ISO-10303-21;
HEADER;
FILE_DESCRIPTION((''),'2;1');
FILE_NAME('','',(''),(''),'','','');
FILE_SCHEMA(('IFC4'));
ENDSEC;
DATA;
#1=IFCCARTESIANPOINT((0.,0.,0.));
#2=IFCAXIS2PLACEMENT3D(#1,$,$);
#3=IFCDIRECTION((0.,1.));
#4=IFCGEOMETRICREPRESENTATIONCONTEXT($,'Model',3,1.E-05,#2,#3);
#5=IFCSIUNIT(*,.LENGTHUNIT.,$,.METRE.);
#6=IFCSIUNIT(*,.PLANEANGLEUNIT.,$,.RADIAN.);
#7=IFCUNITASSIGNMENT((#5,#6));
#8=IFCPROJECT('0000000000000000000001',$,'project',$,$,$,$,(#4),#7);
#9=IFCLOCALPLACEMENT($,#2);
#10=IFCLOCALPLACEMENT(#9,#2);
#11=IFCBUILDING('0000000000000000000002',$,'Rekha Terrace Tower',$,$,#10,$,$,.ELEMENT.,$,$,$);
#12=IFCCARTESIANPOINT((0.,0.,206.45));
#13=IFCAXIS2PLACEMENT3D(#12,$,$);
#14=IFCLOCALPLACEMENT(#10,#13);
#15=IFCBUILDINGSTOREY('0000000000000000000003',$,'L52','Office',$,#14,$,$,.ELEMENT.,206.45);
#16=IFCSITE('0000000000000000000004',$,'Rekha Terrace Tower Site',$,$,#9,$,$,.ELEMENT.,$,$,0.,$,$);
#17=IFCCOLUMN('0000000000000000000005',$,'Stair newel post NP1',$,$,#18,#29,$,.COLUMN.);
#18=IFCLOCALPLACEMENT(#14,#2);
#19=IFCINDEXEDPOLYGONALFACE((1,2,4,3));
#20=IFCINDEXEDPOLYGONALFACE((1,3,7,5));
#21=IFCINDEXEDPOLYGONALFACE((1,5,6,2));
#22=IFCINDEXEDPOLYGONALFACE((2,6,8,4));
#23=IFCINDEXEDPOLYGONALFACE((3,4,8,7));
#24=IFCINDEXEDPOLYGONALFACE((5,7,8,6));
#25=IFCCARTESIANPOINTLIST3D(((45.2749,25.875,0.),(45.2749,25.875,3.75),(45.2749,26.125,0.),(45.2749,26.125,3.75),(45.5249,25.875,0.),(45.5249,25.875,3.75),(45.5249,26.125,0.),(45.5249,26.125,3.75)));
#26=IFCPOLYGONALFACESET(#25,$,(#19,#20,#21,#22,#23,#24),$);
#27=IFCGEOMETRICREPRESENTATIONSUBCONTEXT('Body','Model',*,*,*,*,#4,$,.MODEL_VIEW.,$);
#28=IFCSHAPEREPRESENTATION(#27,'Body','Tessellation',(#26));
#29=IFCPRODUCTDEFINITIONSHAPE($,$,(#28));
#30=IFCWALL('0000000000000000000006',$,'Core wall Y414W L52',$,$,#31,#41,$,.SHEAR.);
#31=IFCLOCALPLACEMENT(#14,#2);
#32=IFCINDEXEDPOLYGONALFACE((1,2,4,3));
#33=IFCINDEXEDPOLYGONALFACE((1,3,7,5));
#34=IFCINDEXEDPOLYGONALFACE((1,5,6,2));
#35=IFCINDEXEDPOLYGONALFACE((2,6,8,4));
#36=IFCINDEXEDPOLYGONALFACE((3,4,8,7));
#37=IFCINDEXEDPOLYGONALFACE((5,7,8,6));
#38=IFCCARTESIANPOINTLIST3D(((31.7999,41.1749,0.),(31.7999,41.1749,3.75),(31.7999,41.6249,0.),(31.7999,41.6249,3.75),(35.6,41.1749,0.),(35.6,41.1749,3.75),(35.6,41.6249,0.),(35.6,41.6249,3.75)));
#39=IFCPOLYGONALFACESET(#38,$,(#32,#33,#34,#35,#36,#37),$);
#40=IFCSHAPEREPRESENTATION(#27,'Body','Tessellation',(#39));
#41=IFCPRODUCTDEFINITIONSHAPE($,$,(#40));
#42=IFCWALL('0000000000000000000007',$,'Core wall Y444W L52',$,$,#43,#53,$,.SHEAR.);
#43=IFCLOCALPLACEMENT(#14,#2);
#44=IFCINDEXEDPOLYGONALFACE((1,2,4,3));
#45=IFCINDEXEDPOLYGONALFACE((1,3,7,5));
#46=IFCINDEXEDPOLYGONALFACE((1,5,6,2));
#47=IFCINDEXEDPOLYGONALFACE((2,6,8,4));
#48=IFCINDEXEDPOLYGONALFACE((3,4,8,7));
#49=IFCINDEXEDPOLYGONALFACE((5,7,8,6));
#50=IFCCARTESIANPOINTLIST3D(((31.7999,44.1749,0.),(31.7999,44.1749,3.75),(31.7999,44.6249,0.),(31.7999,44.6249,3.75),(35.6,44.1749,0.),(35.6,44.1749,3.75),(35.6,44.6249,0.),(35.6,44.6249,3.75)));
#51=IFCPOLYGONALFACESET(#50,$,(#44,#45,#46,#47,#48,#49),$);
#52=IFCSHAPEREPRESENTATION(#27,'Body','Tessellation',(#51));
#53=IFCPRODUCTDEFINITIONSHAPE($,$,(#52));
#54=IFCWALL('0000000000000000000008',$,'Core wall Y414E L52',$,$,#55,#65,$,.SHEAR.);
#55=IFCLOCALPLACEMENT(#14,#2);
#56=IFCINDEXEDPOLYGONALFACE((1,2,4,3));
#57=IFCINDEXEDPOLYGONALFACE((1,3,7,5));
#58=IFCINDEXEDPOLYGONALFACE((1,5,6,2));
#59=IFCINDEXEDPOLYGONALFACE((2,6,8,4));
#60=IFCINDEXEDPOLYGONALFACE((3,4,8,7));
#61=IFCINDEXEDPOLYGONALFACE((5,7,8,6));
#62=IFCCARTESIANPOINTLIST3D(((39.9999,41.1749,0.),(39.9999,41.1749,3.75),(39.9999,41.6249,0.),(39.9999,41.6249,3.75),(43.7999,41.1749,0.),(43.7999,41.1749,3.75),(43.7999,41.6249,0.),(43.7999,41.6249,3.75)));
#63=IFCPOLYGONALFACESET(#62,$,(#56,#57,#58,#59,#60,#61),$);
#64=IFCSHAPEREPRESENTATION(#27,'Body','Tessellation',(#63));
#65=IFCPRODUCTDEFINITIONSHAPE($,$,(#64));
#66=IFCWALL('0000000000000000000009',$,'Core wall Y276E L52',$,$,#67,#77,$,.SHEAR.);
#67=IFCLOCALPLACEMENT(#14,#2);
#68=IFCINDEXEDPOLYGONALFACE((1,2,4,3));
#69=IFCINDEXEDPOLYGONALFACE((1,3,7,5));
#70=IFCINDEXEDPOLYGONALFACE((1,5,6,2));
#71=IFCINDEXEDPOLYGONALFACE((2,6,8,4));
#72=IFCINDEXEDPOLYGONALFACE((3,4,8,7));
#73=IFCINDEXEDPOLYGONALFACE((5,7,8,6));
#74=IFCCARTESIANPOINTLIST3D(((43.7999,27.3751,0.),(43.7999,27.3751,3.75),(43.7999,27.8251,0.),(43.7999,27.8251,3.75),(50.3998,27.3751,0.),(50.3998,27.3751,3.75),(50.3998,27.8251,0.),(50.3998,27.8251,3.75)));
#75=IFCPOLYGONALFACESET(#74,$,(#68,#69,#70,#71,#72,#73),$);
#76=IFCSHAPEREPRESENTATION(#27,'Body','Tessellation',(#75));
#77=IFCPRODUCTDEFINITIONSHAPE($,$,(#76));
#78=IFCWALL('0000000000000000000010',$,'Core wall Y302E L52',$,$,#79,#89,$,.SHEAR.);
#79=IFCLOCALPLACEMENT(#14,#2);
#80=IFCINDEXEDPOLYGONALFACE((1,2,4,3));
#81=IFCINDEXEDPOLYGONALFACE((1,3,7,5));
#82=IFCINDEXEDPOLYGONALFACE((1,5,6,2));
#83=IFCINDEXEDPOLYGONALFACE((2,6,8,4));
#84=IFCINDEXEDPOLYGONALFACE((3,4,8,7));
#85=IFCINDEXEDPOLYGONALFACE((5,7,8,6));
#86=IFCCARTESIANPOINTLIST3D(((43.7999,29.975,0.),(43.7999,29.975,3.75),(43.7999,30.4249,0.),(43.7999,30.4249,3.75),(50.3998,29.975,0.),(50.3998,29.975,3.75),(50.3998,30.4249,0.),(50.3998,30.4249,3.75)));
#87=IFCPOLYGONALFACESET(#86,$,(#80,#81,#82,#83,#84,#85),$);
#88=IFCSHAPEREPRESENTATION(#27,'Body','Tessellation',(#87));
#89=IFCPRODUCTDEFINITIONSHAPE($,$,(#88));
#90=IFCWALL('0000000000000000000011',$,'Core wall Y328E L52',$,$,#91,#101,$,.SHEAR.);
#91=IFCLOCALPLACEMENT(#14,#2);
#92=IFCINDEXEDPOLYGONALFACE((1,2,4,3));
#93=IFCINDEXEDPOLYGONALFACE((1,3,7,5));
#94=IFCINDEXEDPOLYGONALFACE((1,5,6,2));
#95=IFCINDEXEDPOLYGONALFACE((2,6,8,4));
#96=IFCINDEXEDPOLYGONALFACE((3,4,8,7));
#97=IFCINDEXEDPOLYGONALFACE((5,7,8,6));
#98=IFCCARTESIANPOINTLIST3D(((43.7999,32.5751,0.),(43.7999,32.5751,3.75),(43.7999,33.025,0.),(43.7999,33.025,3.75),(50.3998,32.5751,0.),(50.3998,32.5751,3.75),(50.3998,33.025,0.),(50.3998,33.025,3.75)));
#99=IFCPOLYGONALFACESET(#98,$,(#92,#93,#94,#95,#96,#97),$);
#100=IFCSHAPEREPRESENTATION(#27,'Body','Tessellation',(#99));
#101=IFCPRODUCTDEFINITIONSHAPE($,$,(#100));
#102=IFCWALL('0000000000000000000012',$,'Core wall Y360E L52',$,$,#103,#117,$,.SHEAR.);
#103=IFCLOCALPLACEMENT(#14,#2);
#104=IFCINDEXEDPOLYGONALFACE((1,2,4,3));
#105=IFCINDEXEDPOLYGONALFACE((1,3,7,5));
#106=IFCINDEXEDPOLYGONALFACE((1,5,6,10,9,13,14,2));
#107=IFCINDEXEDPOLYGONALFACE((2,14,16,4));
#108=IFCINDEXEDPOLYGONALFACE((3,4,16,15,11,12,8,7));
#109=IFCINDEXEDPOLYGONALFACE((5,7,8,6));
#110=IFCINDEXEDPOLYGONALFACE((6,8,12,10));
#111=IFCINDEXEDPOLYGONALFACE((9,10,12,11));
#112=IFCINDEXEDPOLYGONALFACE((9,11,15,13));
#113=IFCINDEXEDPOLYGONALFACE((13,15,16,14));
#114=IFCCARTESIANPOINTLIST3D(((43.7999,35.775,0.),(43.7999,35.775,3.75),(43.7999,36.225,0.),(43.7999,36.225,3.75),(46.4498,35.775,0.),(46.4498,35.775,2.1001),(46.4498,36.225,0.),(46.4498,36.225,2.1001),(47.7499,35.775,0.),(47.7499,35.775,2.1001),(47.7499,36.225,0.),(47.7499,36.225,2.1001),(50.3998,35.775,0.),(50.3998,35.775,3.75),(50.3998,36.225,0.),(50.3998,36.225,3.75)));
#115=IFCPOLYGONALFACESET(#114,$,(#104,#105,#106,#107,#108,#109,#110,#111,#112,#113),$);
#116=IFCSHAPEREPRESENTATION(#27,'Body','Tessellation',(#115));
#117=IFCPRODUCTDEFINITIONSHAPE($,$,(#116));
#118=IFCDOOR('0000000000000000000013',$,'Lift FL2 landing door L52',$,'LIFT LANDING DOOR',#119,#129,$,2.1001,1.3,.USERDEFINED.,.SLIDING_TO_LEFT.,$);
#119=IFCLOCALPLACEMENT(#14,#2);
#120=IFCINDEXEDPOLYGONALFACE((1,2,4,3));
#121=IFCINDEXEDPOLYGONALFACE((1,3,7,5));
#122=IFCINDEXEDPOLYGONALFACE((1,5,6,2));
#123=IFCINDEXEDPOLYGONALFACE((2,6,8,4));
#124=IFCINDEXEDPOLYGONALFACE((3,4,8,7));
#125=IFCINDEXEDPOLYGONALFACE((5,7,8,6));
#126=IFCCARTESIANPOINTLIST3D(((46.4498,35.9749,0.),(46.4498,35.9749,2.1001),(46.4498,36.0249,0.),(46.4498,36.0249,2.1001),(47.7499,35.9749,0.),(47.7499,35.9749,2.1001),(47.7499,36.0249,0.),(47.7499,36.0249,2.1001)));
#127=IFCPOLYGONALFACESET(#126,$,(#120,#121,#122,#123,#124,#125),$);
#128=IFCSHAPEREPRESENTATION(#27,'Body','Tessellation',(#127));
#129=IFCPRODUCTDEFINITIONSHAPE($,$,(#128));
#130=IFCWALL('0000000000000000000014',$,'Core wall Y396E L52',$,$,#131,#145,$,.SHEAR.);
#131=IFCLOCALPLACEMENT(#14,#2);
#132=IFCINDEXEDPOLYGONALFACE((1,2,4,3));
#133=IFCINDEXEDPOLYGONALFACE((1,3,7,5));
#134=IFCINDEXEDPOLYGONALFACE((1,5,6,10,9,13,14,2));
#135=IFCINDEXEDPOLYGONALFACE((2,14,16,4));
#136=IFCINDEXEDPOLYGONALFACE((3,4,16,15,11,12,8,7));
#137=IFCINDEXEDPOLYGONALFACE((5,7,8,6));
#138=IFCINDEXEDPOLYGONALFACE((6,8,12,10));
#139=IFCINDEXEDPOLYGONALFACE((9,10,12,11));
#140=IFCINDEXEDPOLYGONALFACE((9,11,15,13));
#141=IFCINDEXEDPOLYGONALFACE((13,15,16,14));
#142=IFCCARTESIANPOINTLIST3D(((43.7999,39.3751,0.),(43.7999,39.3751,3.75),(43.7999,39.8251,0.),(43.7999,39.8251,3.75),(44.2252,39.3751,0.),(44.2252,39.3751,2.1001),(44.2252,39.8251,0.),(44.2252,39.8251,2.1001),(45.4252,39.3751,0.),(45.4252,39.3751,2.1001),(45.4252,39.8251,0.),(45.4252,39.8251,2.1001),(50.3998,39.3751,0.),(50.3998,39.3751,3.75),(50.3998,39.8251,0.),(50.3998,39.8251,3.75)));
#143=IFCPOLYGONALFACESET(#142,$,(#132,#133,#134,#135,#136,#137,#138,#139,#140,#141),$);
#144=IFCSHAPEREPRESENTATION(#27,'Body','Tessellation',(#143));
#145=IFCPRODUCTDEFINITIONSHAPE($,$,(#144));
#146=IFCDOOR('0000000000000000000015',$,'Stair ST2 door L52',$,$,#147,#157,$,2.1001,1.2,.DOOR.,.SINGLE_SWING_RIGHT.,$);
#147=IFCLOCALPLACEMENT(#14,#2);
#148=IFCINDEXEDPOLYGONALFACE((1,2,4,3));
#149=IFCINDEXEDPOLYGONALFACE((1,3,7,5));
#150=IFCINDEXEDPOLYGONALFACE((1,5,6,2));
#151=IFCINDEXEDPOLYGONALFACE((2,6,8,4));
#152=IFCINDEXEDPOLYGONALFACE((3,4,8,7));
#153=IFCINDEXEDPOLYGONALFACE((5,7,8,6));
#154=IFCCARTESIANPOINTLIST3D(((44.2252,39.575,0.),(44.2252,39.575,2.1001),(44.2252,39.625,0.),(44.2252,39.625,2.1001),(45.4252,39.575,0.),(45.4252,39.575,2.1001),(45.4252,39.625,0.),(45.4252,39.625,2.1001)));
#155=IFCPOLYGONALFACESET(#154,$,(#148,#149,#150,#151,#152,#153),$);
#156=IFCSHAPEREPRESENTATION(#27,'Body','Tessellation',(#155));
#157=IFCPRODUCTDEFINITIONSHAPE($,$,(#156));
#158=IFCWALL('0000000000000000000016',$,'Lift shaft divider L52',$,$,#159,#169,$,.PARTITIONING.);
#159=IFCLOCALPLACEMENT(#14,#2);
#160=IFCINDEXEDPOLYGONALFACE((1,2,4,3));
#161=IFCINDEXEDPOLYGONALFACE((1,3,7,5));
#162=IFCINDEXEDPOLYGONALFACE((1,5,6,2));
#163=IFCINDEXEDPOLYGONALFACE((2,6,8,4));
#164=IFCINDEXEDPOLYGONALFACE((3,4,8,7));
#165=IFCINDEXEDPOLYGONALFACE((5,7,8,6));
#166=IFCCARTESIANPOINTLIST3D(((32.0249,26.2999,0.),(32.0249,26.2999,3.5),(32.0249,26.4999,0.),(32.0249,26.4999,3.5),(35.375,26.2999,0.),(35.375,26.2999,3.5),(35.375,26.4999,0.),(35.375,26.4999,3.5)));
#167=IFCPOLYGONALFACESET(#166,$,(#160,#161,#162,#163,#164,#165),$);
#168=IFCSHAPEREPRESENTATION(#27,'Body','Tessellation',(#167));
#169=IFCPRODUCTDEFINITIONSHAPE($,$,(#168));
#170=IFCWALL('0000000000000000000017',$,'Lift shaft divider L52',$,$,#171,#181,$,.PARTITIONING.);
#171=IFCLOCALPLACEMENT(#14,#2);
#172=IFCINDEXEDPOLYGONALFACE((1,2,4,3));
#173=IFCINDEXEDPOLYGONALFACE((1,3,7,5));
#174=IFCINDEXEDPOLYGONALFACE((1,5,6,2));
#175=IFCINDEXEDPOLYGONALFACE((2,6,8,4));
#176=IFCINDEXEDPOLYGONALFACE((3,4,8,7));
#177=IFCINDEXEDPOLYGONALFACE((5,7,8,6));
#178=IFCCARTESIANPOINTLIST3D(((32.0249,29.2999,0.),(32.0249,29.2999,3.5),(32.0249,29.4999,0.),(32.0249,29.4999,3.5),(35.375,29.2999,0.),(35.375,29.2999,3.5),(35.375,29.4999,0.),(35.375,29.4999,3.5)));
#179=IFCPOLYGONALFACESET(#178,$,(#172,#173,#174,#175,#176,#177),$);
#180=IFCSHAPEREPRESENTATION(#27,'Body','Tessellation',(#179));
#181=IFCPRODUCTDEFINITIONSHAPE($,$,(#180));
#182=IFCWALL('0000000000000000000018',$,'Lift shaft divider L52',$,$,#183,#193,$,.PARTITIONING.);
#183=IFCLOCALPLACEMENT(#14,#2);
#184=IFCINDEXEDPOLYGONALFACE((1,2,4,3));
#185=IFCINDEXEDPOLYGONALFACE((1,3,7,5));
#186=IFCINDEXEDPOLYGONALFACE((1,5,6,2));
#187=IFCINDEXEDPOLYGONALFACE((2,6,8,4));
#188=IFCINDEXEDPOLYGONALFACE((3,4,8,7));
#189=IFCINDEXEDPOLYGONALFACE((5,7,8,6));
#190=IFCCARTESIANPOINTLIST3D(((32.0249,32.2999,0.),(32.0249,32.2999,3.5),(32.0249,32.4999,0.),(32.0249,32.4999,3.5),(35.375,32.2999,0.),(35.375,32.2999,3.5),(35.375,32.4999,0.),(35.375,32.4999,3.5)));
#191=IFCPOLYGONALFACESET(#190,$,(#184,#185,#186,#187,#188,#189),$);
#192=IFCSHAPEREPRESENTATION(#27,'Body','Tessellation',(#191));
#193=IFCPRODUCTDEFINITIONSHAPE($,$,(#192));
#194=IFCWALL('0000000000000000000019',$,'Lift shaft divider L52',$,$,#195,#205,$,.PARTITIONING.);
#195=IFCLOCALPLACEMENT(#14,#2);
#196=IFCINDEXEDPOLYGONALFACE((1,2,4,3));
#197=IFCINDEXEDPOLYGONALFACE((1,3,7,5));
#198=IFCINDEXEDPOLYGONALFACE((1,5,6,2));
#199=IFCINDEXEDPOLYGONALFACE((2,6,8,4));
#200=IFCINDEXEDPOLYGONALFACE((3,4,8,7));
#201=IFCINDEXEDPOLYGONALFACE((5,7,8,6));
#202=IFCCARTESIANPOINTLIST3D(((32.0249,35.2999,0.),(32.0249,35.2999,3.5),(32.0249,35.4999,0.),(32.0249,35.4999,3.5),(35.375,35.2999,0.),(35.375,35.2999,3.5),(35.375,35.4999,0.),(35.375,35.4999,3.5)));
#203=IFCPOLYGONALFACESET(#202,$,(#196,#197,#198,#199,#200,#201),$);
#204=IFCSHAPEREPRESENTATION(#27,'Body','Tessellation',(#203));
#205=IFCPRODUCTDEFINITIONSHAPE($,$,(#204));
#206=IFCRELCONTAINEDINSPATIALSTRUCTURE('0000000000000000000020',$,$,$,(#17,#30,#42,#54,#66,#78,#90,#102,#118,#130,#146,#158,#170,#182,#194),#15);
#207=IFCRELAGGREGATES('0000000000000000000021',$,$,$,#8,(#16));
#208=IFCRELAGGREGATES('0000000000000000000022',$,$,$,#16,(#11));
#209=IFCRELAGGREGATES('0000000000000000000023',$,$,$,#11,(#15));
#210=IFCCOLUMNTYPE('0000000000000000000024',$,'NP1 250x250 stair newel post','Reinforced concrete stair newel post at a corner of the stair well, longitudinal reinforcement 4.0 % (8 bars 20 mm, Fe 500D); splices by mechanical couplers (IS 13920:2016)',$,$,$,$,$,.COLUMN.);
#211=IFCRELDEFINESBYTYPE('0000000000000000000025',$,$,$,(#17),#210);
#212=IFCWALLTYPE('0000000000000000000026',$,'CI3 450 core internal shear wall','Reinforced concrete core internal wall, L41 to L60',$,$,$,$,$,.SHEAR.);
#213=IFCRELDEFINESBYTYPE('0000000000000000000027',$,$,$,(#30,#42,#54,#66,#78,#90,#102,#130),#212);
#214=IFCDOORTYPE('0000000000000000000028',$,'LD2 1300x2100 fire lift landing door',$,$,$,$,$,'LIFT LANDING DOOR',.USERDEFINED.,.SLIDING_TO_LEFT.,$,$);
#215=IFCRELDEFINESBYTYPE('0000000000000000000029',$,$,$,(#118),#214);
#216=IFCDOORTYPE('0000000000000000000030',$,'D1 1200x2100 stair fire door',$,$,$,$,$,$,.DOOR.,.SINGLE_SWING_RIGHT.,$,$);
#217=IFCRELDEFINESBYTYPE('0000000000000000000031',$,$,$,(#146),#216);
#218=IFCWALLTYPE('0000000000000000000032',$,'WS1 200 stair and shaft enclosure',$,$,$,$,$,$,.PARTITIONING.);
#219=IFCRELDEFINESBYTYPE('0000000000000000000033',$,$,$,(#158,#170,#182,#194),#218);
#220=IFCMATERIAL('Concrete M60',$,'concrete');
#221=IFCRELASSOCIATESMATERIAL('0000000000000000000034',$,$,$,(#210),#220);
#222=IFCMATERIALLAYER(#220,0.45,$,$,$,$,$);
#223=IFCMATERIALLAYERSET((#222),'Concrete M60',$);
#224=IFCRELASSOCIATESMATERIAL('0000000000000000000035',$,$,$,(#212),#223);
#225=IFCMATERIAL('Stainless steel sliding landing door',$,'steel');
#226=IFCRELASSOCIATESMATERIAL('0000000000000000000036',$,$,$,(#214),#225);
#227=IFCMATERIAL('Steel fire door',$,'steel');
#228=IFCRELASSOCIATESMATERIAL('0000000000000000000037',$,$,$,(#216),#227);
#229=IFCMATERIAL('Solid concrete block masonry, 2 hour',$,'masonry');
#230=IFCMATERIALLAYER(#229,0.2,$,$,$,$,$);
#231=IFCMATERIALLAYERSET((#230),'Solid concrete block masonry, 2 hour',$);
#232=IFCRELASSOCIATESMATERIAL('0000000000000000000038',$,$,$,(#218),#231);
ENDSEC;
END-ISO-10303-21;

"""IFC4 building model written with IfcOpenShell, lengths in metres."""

from ifc_helpers import new_model, si_unit, direction, frame, frame_2d, origin, origin_2d, place, context, subcontext, project, spatial, rectangle, extrude, material, layer, layer_set, material_profile, profile_set, type_object, element, fill, save


model = new_model("IFC4")

# Units and contexts
model_context = context("Model", 3, precision=1e-05, world=origin(), true_north=direction((0.0, 1.0)))
body_context = subcontext(model_context, "Body", "Model", "MODEL_VIEW")
ifc_project = project(units=[si_unit("LENGTHUNIT", "METRE"), si_unit("PLANEANGLEUNIT", "RADIAN")], contexts=[model_context])

# Site, building, storey
site_placement = place(None, origin())
site = spatial("IfcSite", under=ifc_project, at=site_placement, Name="Rekha Terrace Tower Site", CompositionType="ELEMENT", RefElevation=0.0)
building_placement = place(site_placement, origin())
building = spatial("IfcBuilding", under=site, at=building_placement, Name="Rekha Terrace Tower", CompositionType="ELEMENT")
storey_placement = place(building_placement, frame((0.0, 0.0, 206.45)))
storey = spatial("IfcBuildingStorey", under=building, at=storey_placement, Name="L52", Description="Office", CompositionType="ELEMENT", Elevation=206.45)

# Column
ifc_material_1 = material(Name="Concrete M60", Category="concrete")
ifc_material_profile = material_profile(ifc_material_1, rectangle(XDim=0.25, YDim=0.25, at=origin_2d()), Name="RC 250x250")
ifc_profile_set = profile_set([ifc_material_profile], Name="Concrete M60")
column_type = type_object("IfcColumnType", Name="NP1 250x250 stair newel post", Description="Reinforced concrete stair newel post at a corner of the stair well, longitudinal reinforcement 4.0 % (8 bars 20 mm, Fe 500D); splices by mechanical couplers (IS 13920:2016)", PredefinedType="COLUMN", material=ifc_profile_set)
column_placement = place(storey_placement, frame((45.3999, 26.0, 0.0), z_axis=(0.0, 0.0, 1.0), x_axis=(1.0, 0.0, 0.0)))
element("IfcColumn", 1, at=column_placement, inside=storey, type_object=column_type, Name="Stair newel post NP1", PredefinedType="COLUMN", context=body_context, shape_type="SweptSolid", body=[
    extrude(rectangle(XDim=0.25, YDim=0.25, at=origin_2d()), origin(), (0.0, 0.0, 1.0), 3.75),
])

# Walls
ifc_layer_1 = layer(ifc_material_1, 0.45)
ifc_layer_set_1 = layer_set([ifc_layer_1], Name="Concrete M60")
wall_type_1 = type_object("IfcWallType", Name="CI3 450 core internal shear wall", Description="Reinforced concrete core internal wall, L41 to L60", PredefinedType="SHEAR", material=ifc_layer_set_1)
for number, where, z_axis, x_axis, name in (
    (2, (31.8, 41.3999, 0.0), (0.0, 0.0, 1.0), (1.0, 0.0, 0.0), "Core wall Y414W L52"),
    (3, (31.8, 44.3999, 0.0), (0.0, 0.0, 1.0), (1.0, 0.0, 0.0), "Core wall Y444W L52"),
    (4, (40.0, 41.3999, 0.0), (0.0, 0.0, 1.0), (1.0, 0.0, 0.0), "Core wall Y414E L52"),
):
    element("IfcWall", number, at=place(storey_placement, frame(where, z_axis=z_axis, x_axis=x_axis)), inside=storey, type_object=wall_type_1, Name=name, PredefinedType="SHEAR", context=body_context, shape_type="SweptSolid", body=[
        extrude(rectangle(XDim=3.8, YDim=0.45, at=frame_2d((1.8999, 0.0))), origin(), (0.0, 0.0, 1.0), 3.75),
    ])
for number, where, z_axis, x_axis, name in (
    (5, (43.8, 27.6001, 0.0), (0.0, 0.0, 1.0), (1.0, 0.0, 0.0), "Core wall Y276E L52"),
    (6, (43.8, 30.2, 0.0), (0.0, 0.0, 1.0), (1.0, 0.0, 0.0), "Core wall Y302E L52"),
    (7, (43.8, 32.8, 0.0), (0.0, 0.0, 1.0), (1.0, 0.0, 0.0), "Core wall Y328E L52"),
):
    element("IfcWall", number, at=place(storey_placement, frame(where, z_axis=z_axis, x_axis=x_axis)), inside=storey, type_object=wall_type_1, Name=name, PredefinedType="SHEAR", context=body_context, shape_type="SweptSolid", body=[
        extrude(rectangle(XDim=6.5999, YDim=0.45, at=frame_2d((3.2998, 0.0))), origin(), (0.0, 0.0, 1.0), 3.75),
    ])

# Walls, openings, doors
wall_1_placement = place(storey_placement, frame((43.8, 36.0, 0.0), z_axis=(0.0, 0.0, 1.0), x_axis=(1.0, 0.0, 0.0)))
wall_1 = element("IfcWall", 8, at=wall_1_placement, inside=storey, type_object=wall_type_1, Name="Core wall Y360E L52", PredefinedType="SHEAR", context=body_context, shape_type="SweptSolid", body=[
    extrude(rectangle(XDim=6.5999, YDim=0.45, at=frame_2d((3.2998, 0.0))), origin(), (0.0, 0.0, 1.0), 3.75),
])
opening_1_placement = place(wall_1_placement, frame((2.6499, 0.0, 0.0)))
opening_1 = element("IfcOpeningElement", 9, at=opening_1_placement, cuts=wall_1, PredefinedType="OPENING", context=body_context, shape_type="SweptSolid", body=[
    extrude(rectangle(XDim=1.3, YDim=2.1001, at=frame_2d((0.6499, 1.05))), frame((0.0, 0.2349, 0.0), z_axis=(0.0, -1.0, 0.0), x_axis=(1.0, 0.0, 0.0)), (0.0, 0.0, 1.0), 0.47),
])
ifc_material_2 = material(Name="Stainless steel sliding landing door", Category="steel")
door_type_1 = type_object("IfcDoorType", Name="LD2 1300x2100 fire lift landing door", ElementType="LIFT LANDING DOOR", OperationType="SLIDING_TO_LEFT", PredefinedType="USERDEFINED", material=ifc_material_2)
door_1_placement = place(opening_1_placement, origin())
door_1 = element("IfcDoor", 10, at=door_1_placement, inside=storey, type_object=door_type_1, Name="Lift FL2 landing door L52", ObjectType="LIFT LANDING DOOR", OperationType="SLIDING_TO_LEFT", OverallHeight=2.1001, OverallWidth=1.3, PredefinedType="USERDEFINED", context=body_context, shape_type="SweptSolid", body=[
    extrude(rectangle(XDim=1.3, YDim=2.1001, at=frame_2d((0.6499, 1.05))), frame((0.0, 0.0249, 0.0), z_axis=(0.0, -1.0, 0.0), x_axis=(1.0, 0.0, 0.0)), (0.0, 0.0, 1.0), 0.05),
])
fill(opening_1, door_1)
wall_2_placement = place(storey_placement, frame((43.8, 39.6001, 0.0), z_axis=(0.0, 0.0, 1.0), x_axis=(1.0, 0.0, 0.0)))
wall_2 = element("IfcWall", 11, at=wall_2_placement, inside=storey, type_object=wall_type_1, Name="Core wall Y396E L52", PredefinedType="SHEAR", context=body_context, shape_type="SweptSolid", body=[
    extrude(rectangle(XDim=6.5999, YDim=0.45, at=frame_2d((3.2998, 0.0))), origin(), (0.0, 0.0, 1.0), 3.75),
])
opening_2_placement = place(wall_2_placement, frame((0.425, 0.0, 0.0)))
opening_2 = element("IfcOpeningElement", 12, at=opening_2_placement, cuts=wall_2, PredefinedType="OPENING", context=body_context, shape_type="SweptSolid", body=[
    extrude(rectangle(XDim=1.2, YDim=2.1001, at=frame_2d((0.6001, 1.05))), frame((0.0, 0.2349, 0.0), z_axis=(0.0, -1.0, 0.0), x_axis=(1.0, 0.0, 0.0)), (0.0, 0.0, 1.0), 0.47),
])
ifc_material_3 = material(Name="Steel fire door", Category="steel")
door_type_2 = type_object("IfcDoorType", Name="D1 1200x2100 stair fire door", OperationType="SINGLE_SWING_RIGHT", PredefinedType="DOOR", material=ifc_material_3)
door_2_placement = place(opening_2_placement, origin())
door_2 = element("IfcDoor", 13, at=door_2_placement, inside=storey, type_object=door_type_2, Name="Stair ST2 door L52", OperationType="SINGLE_SWING_RIGHT", OverallHeight=2.1001, OverallWidth=1.2, PredefinedType="DOOR", context=body_context, shape_type="SweptSolid", body=[
    extrude(rectangle(XDim=1.2, YDim=2.1001, at=frame_2d((0.6001, 1.05))), frame((0.0, 0.0249, 0.0), z_axis=(0.0, -1.0, 0.0), x_axis=(1.0, 0.0, 0.0)), (0.0, 0.0, 1.0), 0.05),
])
fill(opening_2, door_2)

# Walls
ifc_material_4 = material(Name="Solid concrete block masonry, 2 hour", Category="masonry")
ifc_layer_2 = layer(ifc_material_4, 0.2)
ifc_layer_set_2 = layer_set([ifc_layer_2], Name="Solid concrete block masonry, 2 hour")
wall_type_2 = type_object("IfcWallType", Name="WS1 200 stair and shaft enclosure", PredefinedType="PARTITIONING", material=ifc_layer_set_2)
for number, where, z_axis, x_axis, name in (
    (14, (32.0249, 26.3999, 0.0), (0.0, 0.0, 1.0), (1.0, 0.0, 0.0), "Lift shaft divider L52"),
    (15, (32.0249, 29.3999, 0.0), (0.0, 0.0, 1.0), (1.0, 0.0, 0.0), "Lift shaft divider L52"),
    (16, (32.0249, 32.3999, 0.0), (0.0, 0.0, 1.0), (1.0, 0.0, 0.0), "Lift shaft divider L52"),
    (17, (32.0249, 35.3999, 0.0), (0.0, 0.0, 1.0), (1.0, 0.0, 0.0), "Lift shaft divider L52"),
):
    element("IfcWall", number, at=place(storey_placement, frame(where, z_axis=z_axis, x_axis=x_axis)), inside=storey, type_object=wall_type_2, Name=name, PredefinedType="PARTITIONING", context=body_context, shape_type="SweptSolid", body=[
        extrude(rectangle(XDim=3.3501, YDim=0.2, at=frame_2d((1.675, 0.0))), origin(), (0.0, 0.0, 1.0), 3.5),
    ])

save(model, "model.ifc")
